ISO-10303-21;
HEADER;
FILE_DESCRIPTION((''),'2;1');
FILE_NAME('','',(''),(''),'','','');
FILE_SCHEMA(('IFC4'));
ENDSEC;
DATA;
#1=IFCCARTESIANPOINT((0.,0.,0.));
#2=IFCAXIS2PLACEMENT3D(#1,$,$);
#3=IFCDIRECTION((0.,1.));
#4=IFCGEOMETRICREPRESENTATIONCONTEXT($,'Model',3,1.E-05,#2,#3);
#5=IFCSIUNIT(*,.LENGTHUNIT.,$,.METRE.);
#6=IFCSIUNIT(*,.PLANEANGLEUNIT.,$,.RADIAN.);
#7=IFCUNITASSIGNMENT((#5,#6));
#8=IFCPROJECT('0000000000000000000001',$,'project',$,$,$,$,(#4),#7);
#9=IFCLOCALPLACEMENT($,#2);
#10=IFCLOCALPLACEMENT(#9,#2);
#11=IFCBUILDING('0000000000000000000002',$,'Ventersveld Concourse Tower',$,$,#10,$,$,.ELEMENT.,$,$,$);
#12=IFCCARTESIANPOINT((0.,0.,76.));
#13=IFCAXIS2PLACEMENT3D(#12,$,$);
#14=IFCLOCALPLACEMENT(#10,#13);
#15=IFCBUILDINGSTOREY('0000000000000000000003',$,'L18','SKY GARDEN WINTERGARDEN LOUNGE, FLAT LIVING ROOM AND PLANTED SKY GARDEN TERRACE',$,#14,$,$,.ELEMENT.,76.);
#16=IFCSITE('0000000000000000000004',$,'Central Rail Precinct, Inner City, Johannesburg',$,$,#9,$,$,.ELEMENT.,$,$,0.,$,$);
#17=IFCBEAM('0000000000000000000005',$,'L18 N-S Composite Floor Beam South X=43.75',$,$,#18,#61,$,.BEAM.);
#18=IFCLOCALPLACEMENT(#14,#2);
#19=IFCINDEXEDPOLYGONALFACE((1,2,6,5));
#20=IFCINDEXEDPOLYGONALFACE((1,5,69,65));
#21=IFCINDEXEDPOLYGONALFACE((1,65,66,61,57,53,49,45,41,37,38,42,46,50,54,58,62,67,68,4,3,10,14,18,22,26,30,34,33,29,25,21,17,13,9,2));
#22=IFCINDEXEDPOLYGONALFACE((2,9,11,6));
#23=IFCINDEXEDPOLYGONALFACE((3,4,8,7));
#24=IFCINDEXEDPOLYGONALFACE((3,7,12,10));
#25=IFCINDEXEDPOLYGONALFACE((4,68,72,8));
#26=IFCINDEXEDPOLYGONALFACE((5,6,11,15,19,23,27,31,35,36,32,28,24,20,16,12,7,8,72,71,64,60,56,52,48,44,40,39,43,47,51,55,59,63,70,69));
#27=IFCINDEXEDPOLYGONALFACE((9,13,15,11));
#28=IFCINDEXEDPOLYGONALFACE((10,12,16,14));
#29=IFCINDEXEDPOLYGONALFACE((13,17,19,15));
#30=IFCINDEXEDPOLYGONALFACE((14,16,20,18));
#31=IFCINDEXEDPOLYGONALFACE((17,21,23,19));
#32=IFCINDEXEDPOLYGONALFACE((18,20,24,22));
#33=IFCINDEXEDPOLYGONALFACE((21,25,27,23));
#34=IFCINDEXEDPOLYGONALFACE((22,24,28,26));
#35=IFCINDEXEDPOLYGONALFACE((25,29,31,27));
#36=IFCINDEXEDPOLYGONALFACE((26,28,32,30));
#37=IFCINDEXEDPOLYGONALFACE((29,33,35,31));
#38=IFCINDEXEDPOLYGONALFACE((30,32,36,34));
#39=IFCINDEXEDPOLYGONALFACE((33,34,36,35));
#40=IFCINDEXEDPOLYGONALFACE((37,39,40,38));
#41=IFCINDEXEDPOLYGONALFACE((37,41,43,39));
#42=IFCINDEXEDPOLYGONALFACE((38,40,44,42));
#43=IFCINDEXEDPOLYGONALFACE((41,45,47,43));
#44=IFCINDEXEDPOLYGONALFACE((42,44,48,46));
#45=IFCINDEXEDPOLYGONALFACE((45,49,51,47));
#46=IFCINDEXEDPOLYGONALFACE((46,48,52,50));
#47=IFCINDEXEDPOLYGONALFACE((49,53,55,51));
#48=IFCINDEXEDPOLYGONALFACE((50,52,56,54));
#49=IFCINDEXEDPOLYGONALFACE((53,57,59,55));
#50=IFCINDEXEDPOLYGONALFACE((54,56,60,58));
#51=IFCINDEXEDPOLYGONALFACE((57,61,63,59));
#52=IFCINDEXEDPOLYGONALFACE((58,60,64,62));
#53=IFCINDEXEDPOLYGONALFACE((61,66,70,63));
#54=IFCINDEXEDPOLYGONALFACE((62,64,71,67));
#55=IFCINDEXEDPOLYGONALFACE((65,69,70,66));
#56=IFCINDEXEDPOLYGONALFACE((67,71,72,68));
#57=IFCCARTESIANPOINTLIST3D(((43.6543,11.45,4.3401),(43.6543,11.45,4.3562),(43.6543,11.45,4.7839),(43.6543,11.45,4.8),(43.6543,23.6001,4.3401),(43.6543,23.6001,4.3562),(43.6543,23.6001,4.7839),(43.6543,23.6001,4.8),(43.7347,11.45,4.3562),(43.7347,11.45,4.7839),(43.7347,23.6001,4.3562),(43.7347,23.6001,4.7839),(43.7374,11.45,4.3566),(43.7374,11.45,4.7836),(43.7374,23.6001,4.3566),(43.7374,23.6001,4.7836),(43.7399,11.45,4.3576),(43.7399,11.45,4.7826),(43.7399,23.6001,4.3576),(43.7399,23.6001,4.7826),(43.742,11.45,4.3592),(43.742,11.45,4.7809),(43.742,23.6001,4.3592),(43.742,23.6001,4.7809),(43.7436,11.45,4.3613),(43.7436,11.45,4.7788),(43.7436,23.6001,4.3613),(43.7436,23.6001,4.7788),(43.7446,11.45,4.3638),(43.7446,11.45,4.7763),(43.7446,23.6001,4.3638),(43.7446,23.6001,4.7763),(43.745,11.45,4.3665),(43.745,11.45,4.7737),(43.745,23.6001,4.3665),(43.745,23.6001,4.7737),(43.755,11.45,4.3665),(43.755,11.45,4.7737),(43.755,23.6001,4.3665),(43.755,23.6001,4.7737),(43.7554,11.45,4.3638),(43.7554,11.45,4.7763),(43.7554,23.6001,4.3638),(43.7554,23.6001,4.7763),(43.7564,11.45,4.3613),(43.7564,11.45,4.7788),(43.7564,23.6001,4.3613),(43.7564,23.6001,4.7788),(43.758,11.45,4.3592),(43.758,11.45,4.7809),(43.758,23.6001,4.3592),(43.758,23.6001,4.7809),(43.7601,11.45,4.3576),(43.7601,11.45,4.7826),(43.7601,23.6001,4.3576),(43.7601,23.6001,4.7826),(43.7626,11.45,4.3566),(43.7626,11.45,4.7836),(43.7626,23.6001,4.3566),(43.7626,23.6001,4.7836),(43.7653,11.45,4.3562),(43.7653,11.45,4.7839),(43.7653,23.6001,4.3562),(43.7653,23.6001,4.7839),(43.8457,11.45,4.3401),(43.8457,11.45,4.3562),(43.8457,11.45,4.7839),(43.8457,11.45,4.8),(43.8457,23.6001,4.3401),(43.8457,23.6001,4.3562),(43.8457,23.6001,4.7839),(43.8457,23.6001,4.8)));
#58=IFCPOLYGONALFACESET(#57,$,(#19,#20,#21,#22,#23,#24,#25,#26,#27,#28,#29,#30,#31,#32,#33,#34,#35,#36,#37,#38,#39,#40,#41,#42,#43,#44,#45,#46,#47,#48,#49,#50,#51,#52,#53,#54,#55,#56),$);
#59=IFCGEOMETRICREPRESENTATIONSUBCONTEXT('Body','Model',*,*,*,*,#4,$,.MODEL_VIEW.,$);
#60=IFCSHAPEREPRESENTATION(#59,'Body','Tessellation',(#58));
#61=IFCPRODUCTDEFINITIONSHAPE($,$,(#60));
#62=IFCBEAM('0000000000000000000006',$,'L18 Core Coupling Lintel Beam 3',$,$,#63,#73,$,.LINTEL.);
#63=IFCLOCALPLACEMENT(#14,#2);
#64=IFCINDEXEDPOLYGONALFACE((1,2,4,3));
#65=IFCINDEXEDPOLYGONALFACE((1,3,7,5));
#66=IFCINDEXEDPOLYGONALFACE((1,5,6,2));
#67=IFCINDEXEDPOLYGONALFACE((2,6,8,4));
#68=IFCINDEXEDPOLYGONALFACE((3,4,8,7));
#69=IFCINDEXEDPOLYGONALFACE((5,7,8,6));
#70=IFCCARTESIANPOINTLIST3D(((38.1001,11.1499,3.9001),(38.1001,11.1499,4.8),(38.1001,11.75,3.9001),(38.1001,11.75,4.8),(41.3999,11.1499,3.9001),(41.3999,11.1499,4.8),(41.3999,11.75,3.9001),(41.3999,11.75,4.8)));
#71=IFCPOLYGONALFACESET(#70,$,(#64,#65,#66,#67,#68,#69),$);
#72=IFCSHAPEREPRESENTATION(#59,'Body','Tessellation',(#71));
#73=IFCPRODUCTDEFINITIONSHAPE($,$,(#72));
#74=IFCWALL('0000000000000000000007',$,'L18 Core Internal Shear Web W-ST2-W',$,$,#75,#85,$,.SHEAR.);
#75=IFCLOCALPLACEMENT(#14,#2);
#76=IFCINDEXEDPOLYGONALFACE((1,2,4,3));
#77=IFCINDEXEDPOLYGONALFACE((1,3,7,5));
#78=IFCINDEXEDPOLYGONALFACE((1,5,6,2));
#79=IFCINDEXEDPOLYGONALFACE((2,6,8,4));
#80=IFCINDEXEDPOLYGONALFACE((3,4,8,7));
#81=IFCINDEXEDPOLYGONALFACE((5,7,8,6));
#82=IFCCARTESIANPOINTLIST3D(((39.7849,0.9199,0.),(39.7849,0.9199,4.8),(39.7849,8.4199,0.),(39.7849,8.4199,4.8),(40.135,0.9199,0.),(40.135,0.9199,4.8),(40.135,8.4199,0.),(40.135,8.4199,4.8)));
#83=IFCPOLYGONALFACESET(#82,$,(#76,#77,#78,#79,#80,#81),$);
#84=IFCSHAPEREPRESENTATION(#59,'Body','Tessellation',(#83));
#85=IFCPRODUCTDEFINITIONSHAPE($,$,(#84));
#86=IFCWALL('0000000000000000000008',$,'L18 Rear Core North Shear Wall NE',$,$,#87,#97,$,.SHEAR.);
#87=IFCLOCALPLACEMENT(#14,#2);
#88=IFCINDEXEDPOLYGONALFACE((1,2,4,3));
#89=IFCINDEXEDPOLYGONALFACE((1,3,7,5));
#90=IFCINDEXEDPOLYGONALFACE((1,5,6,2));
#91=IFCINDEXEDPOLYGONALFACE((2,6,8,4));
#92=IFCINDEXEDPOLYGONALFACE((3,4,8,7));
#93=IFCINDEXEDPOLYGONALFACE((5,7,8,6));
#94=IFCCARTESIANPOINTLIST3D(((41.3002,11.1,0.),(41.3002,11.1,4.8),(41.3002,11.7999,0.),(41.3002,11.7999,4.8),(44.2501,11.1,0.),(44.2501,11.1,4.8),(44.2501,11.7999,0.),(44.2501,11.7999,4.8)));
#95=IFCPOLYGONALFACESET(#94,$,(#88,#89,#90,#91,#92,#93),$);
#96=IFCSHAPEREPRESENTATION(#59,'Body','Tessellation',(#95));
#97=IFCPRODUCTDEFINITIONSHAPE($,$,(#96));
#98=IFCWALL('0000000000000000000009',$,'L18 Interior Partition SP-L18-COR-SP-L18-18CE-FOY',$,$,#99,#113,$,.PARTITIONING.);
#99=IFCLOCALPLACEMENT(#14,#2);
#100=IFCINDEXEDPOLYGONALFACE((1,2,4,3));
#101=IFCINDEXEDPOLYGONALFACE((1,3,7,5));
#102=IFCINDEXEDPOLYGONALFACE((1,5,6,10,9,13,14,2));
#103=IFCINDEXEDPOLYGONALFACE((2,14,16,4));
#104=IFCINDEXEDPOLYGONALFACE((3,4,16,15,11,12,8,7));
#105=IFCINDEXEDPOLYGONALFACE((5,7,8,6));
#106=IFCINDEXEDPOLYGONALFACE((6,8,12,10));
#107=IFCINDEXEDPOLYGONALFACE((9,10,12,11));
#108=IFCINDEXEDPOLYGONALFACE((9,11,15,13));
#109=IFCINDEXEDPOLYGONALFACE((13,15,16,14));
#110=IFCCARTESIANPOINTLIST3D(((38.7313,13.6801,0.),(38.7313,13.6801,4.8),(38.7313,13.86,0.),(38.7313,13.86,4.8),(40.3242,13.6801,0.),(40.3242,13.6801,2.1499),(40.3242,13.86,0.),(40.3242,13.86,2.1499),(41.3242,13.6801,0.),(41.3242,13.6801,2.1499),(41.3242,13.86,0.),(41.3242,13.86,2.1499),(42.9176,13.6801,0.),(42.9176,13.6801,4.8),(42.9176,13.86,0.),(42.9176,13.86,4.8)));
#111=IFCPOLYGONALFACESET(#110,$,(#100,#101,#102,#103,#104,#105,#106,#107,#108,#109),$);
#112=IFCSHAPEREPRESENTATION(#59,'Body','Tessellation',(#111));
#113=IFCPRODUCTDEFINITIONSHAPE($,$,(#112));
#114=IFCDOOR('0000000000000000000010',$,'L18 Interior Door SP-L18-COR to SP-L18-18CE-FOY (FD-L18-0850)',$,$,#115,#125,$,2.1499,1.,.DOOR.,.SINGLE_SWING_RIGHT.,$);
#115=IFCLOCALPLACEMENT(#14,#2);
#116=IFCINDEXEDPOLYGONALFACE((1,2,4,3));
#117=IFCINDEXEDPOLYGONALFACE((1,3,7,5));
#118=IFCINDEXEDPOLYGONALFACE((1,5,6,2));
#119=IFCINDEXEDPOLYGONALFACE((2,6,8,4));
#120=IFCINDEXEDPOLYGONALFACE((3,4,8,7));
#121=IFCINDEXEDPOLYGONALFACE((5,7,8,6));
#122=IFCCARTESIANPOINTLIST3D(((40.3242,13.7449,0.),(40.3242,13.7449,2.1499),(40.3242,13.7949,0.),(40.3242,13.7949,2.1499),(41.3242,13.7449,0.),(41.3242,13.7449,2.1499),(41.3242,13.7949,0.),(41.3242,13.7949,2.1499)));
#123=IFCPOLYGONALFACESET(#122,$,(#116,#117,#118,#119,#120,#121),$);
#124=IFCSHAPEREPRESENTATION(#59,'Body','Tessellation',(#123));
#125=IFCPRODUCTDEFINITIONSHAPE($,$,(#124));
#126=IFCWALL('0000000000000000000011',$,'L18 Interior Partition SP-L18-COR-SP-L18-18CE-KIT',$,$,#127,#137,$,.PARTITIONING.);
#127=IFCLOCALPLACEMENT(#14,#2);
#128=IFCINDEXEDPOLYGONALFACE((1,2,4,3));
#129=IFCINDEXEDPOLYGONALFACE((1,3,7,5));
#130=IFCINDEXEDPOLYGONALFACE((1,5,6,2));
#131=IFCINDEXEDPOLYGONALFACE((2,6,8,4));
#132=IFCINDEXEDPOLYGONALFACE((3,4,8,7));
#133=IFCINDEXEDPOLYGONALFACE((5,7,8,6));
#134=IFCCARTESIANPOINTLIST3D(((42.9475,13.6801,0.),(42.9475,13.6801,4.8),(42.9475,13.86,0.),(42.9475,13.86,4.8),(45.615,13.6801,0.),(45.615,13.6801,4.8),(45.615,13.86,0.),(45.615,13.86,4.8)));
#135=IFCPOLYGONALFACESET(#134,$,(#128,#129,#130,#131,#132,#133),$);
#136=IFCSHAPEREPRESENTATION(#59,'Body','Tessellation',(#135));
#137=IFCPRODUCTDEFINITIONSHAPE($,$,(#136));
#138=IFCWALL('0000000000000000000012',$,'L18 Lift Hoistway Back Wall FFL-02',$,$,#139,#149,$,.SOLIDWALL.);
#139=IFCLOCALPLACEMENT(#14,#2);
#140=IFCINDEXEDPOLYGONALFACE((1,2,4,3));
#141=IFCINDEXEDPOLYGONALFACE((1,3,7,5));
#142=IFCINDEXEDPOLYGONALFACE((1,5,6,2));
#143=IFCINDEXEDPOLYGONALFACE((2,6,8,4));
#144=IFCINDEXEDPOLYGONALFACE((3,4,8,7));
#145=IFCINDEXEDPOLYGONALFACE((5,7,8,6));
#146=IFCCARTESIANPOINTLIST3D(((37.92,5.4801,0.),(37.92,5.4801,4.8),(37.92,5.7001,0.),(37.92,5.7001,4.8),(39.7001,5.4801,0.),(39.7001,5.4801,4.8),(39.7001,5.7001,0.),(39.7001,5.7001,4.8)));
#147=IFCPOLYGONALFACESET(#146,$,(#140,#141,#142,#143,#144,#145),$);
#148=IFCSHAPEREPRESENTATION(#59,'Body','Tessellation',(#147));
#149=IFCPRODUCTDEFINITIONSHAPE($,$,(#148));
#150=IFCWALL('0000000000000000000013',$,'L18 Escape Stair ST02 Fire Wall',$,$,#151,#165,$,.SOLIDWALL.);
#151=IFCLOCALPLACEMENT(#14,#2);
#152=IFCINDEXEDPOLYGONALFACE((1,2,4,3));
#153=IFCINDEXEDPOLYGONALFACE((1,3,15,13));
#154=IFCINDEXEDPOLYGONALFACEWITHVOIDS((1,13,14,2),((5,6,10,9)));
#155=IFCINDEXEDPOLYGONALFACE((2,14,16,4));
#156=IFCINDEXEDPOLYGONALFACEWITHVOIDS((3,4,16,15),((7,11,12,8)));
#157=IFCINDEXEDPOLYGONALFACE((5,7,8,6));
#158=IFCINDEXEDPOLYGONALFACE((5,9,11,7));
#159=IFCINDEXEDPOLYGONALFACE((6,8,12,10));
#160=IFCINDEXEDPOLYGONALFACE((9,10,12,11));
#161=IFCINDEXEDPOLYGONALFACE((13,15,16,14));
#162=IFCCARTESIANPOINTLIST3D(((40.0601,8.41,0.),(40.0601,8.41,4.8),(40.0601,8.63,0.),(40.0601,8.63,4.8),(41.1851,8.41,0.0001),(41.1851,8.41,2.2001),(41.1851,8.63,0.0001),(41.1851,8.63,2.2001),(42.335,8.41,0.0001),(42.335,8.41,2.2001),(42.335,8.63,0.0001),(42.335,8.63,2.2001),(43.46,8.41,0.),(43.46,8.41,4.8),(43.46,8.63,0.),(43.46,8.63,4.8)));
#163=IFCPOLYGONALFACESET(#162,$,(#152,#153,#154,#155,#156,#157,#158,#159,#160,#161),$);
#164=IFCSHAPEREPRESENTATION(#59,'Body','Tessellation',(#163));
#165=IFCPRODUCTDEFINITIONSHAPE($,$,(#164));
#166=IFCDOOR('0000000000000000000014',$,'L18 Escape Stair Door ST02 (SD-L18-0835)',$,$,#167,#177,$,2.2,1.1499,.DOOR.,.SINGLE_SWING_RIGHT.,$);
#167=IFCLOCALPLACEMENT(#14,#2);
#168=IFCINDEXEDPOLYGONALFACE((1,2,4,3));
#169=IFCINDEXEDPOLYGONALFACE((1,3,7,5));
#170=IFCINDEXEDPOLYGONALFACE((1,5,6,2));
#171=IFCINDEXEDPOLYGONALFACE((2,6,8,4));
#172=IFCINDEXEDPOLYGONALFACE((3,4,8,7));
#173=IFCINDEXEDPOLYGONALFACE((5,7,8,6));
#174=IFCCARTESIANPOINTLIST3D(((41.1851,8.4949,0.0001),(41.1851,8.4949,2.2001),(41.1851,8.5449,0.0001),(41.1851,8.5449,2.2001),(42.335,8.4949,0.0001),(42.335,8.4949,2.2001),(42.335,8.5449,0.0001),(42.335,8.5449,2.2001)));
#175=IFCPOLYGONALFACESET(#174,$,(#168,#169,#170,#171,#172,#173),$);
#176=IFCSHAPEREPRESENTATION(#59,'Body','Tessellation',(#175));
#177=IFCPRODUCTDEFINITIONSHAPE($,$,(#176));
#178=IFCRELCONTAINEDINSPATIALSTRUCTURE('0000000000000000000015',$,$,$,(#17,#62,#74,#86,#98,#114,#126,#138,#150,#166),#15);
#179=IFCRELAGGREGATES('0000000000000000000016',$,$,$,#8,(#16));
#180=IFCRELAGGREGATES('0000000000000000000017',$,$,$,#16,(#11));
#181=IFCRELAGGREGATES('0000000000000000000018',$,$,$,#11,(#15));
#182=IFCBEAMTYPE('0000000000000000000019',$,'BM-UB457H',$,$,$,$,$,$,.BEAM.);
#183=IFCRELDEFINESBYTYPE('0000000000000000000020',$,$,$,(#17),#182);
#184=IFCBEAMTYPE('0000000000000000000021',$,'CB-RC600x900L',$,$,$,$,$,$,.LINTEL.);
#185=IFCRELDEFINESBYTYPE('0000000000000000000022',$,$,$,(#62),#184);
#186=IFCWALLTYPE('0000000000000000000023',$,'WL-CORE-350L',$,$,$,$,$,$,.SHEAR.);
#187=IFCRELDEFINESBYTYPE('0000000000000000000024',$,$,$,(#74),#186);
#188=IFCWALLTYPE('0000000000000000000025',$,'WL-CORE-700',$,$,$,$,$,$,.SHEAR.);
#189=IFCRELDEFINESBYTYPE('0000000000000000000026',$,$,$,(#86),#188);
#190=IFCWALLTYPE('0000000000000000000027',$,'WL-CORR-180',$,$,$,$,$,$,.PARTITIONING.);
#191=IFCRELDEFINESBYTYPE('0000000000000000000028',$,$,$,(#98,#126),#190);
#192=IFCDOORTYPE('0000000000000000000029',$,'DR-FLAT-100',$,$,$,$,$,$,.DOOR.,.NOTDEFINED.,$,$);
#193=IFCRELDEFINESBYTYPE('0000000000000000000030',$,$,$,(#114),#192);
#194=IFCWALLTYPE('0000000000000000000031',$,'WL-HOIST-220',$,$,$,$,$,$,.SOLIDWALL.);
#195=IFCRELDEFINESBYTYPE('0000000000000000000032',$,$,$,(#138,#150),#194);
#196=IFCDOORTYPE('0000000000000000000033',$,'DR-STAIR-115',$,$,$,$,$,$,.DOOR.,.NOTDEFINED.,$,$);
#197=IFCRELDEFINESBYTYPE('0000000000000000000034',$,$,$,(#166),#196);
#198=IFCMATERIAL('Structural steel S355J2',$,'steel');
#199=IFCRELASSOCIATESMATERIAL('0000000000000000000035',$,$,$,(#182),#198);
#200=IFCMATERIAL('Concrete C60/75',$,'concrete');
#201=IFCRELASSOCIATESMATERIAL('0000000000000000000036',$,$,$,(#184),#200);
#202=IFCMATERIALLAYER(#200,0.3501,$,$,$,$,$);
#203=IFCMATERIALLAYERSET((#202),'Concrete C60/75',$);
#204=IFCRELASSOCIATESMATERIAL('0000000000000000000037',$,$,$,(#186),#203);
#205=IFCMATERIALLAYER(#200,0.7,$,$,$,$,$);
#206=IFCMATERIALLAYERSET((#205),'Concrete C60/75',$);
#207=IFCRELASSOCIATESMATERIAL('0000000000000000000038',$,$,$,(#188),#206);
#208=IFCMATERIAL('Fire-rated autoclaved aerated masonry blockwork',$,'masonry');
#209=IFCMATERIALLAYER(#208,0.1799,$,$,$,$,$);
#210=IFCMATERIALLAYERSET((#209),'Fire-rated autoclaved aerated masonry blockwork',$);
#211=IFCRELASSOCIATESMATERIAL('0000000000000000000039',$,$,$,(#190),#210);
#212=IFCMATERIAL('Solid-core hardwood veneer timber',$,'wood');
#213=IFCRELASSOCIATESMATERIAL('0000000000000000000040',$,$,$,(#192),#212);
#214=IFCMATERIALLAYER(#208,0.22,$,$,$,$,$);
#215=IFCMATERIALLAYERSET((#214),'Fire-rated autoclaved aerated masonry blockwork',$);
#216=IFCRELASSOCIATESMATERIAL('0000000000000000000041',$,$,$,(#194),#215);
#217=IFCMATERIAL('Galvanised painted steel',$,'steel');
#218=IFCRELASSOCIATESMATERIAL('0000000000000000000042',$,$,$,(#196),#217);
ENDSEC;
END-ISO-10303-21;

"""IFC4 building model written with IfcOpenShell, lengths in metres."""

from ifc_helpers import new_model, si_unit, direction, frame, frame_2d, origin, origin_2d, place, context, subcontext, project, spatial, rectangle, i_section, extrude, material, layer, layer_set, material_profile, profile_set, type_object, element, fill, save


model = new_model("IFC4")

# Units and contexts
model_context = context("Model", 3, precision=1e-05, world=origin(), true_north=direction((0.0, 1.0)))
body_context = subcontext(model_context, "Body", "Model", "MODEL_VIEW")
ifc_project = project(units=[si_unit("LENGTHUNIT", "METRE"), si_unit("PLANEANGLEUNIT", "RADIAN")], contexts=[model_context])

# Site, building, storey
site_placement = place(None, origin())
site = spatial("IfcSite", under=ifc_project, at=site_placement, Name="Central Rail Precinct, Inner City, Johannesburg", CompositionType="ELEMENT", RefElevation=0.0)
building_placement = place(site_placement, origin())
building = spatial("IfcBuilding", under=site, at=building_placement, Name="Ventersveld Concourse Tower", CompositionType="ELEMENT")
storey_placement = place(building_placement, frame((0.0, 0.0, 76.0)))
storey = spatial("IfcBuildingStorey", under=building, at=storey_placement, Name="L18", Description="SKY GARDEN WINTERGARDEN LOUNGE, FLAT LIVING ROOM AND PLANTED SKY GARDEN TERRACE", CompositionType="ELEMENT", Elevation=76.0)

# Beams
ifc_material_1 = material(Name="Structural steel S355J2", Category="steel")
ifc_material_profile_1 = material_profile(ifc_material_1, i_section(OverallWidth=0.1914, OverallDepth=0.46, WebThickness=0.01, FlangeThickness=0.0161, FilletRadius=0.0103, at=origin_2d()), Name="UB 457x191x82")
ifc_profile_set_1 = profile_set([ifc_material_profile_1], Name="Structural steel S355J2")
beam_type_1 = type_object("IfcBeamType", Name="BM-UB457H", PredefinedType="BEAM", material=ifc_profile_set_1)
beam_1_placement = place(storey_placement, frame((43.75, 11.45, 4.5701), z_axis=(0.0, 1.0, 0.0), x_axis=(-1.0, 0.0, 0.0)))
element("IfcBeam", 1, at=beam_1_placement, inside=storey, type_object=beam_type_1, Name="L18 N-S Composite Floor Beam South X=43.75", PredefinedType="BEAM", context=body_context, shape_type="SweptSolid", body=[
    extrude(i_section(OverallWidth=0.1914, OverallDepth=0.46, WebThickness=0.01, FlangeThickness=0.0161, FilletRadius=0.0103, at=origin_2d()), origin(), (0.0, 0.0, 1.0), 12.1501),
])
ifc_material_2 = material(Name="Concrete C60/75", Category="concrete")
ifc_material_profile_2 = material_profile(ifc_material_2, rectangle(XDim=0.6001, YDim=0.8999, at=origin_2d()), Name="RC 600x900")
ifc_profile_set_2 = profile_set([ifc_material_profile_2], Name="Concrete C60/75")
beam_type_2 = type_object("IfcBeamType", Name="CB-RC600x900L", PredefinedType="LINTEL", material=ifc_profile_set_2)
beam_2_placement = place(storey_placement, frame((38.1001, 11.45, 4.3501), z_axis=(1.0, 0.0, 0.0), x_axis=(0.0, 1.0, 0.0)))
element("IfcBeam", 2, at=beam_2_placement, inside=storey, type_object=beam_type_2, Name="L18 Core Coupling Lintel Beam 3", PredefinedType="LINTEL", context=body_context, shape_type="SweptSolid", body=[
    extrude(rectangle(XDim=0.6001, YDim=0.8999, at=origin_2d()), origin(), (0.0, 0.0, 1.0), 3.2998),
])

# Walls
ifc_layer_1 = layer(ifc_material_2, 0.3501)
ifc_layer_set_1 = layer_set([ifc_layer_1], Name="Concrete C60/75")
wall_type_1 = type_object("IfcWallType", Name="WL-CORE-350L", PredefinedType="SHEAR", material=ifc_layer_set_1)
wall_1_placement = place(storey_placement, frame((39.96, 0.9199, 0.0), z_axis=(0.0, 0.0, 1.0), x_axis=(0.0, 1.0, 0.0)))
element("IfcWall", 3, at=wall_1_placement, inside=storey, type_object=wall_type_1, Name="L18 Core Internal Shear Web W-ST2-W", PredefinedType="SHEAR", context=body_context, shape_type="SweptSolid", body=[
    extrude(rectangle(XDim=7.5, YDim=0.3501, at=frame_2d((3.75, 0.0))), origin(), (0.0, 0.0, 1.0), 4.8),
])
ifc_layer_2 = layer(ifc_material_2, 0.7)
ifc_layer_set_2 = layer_set([ifc_layer_2], Name="Concrete C60/75")
wall_type_2 = type_object("IfcWallType", Name="WL-CORE-700", PredefinedType="SHEAR", material=ifc_layer_set_2)
wall_2_placement = place(storey_placement, frame((41.3, 11.45, 0.0), z_axis=(0.0, 0.0, 1.0), x_axis=(1.0, 0.0, 0.0)))
element("IfcWall", 4, at=wall_2_placement, inside=storey, type_object=wall_type_2, Name="L18 Rear Core North Shear Wall NE", PredefinedType="SHEAR", context=body_context, shape_type="SweptSolid", body=[
    extrude(rectangle(XDim=2.95, YDim=0.7, at=frame_2d((1.4751, 0.0))), origin(), (0.0, 0.0, 1.0), 4.8),
])

# Wall, opening, door
ifc_material_3 = material(Name="Fire-rated autoclaved aerated masonry blockwork", Category="masonry")
ifc_layer_3 = layer(ifc_material_3, 0.1799)
ifc_layer_set_3 = layer_set([ifc_layer_3], Name="Fire-rated autoclaved aerated masonry blockwork")
wall_type_3 = type_object("IfcWallType", Name="WL-CORR-180", PredefinedType="PARTITIONING", material=ifc_layer_set_3)
wall_3_placement = place(storey_placement, frame((38.7312, 13.77, 0.0), z_axis=(0.0, 0.0, 1.0), x_axis=(1.0, 0.0, 0.0)))
wall_3 = element("IfcWall", 5, at=wall_3_placement, inside=storey, type_object=wall_type_3, Name="L18 Interior Partition SP-L18-COR-SP-L18-18CE-FOY", PredefinedType="PARTITIONING", context=body_context, shape_type="SweptSolid", body=[
    extrude(rectangle(XDim=4.1863, YDim=0.1799, at=frame_2d((2.0933, 0.0))), origin(), (0.0, 0.0, 1.0), 4.8),
])
opening_1_placement = place(wall_3_placement, frame((1.593, 0.0, 0.0)))
opening_1 = element("IfcOpeningElement", 6, at=opening_1_placement, cuts=wall_3, PredefinedType="OPENING", context=body_context, shape_type="SweptSolid", body=[
    extrude(rectangle(XDim=1.0, YDim=2.1499, at=frame_2d((0.5, 1.075))), frame((0.0, 0.1001, 0.0), z_axis=(0.0, -1.0, 0.0), x_axis=(1.0, 0.0, 0.0)), (0.0, 0.0, 1.0), 0.2),
])
ifc_material_4 = material(Name="Solid-core hardwood veneer timber", Category="wood")
door_type_1 = type_object("IfcDoorType", Name="DR-FLAT-100", OperationType="NOTDEFINED", PredefinedType="DOOR", material=ifc_material_4)
door_1_placement = place(opening_1_placement, origin())
door_1 = element("IfcDoor", 7, at=door_1_placement, inside=storey, type_object=door_type_1, Name="L18 Interior Door SP-L18-COR to SP-L18-18CE-FOY (FD-L18-0850)", OperationType="SINGLE_SWING_RIGHT", OverallHeight=2.1499, OverallWidth=1.0, PredefinedType="DOOR", context=body_context, shape_type="SweptSolid", body=[
    extrude(rectangle(XDim=1.0, YDim=2.1499, at=frame_2d((0.5, 1.075))), frame((0.0, 0.0249, 0.0), z_axis=(0.0, -1.0, 0.0), x_axis=(1.0, 0.0, 0.0)), (0.0, 0.0, 1.0), 0.05),
])
fill(opening_1, door_1)

# Walls
wall_4_placement = place(storey_placement, frame((42.9475, 13.77, 0.0), z_axis=(0.0, 0.0, 1.0), x_axis=(1.0, 0.0, 0.0)))
element("IfcWall", 8, at=wall_4_placement, inside=storey, type_object=wall_type_3, Name="L18 Interior Partition SP-L18-COR-SP-L18-18CE-KIT", PredefinedType="PARTITIONING", context=body_context, shape_type="SweptSolid", body=[
    extrude(rectangle(XDim=2.6675, YDim=0.1799, at=frame_2d((1.3337, 0.0))), origin(), (0.0, 0.0, 1.0), 4.8),
])
ifc_layer_4 = layer(ifc_material_3, 0.22)
ifc_layer_set_4 = layer_set([ifc_layer_4], Name="Fire-rated autoclaved aerated masonry blockwork")
wall_type_4 = type_object("IfcWallType", Name="WL-HOIST-220", PredefinedType="SOLIDWALL", material=ifc_layer_set_4)
wall_5_placement = place(storey_placement, frame((37.9199, 5.5901, 0.0), z_axis=(0.0, 0.0, 1.0), x_axis=(1.0, 0.0, 0.0)))
element("IfcWall", 9, at=wall_5_placement, inside=storey, type_object=wall_type_4, Name="L18 Lift Hoistway Back Wall FFL-02", PredefinedType="SOLIDWALL", context=body_context, shape_type="SweptSolid", body=[
    extrude(rectangle(XDim=1.78, YDim=0.22, at=frame_2d((0.8901, 0.0))), origin(), (0.0, 0.0, 1.0), 4.8),
])

# Wall, opening, door
wall_6_placement = place(storey_placement, frame((40.0601, 8.52, 0.0), z_axis=(0.0, 0.0, 1.0), x_axis=(1.0, 0.0, 0.0)))
wall_6 = element("IfcWall", 10, at=wall_6_placement, inside=storey, type_object=wall_type_4, Name="L18 Escape Stair ST02 Fire Wall", PredefinedType="SOLIDWALL", context=body_context, shape_type="SweptSolid", body=[
    extrude(rectangle(XDim=3.3999, YDim=0.22, at=frame_2d((1.7, 0.0))), origin(), (0.0, 0.0, 1.0), 4.8),
])
opening_2_placement = place(wall_6_placement, frame((1.125, 0.0, 0.0)))
opening_2 = element("IfcOpeningElement", 11, at=opening_2_placement, cuts=wall_6, PredefinedType="OPENING", context=body_context, shape_type="SweptSolid", body=[
    extrude(rectangle(XDim=1.1499, YDim=2.2, at=frame_2d((0.575, 1.1001))), frame((0.0, 0.1201, 0.0), z_axis=(0.0, -1.0, 0.0), x_axis=(1.0, 0.0, 0.0)), (0.0, 0.0, 1.0), 0.24),
])
ifc_material_5 = material(Name="Galvanised painted steel", Category="steel")
door_type_2 = type_object("IfcDoorType", Name="DR-STAIR-115", OperationType="NOTDEFINED", PredefinedType="DOOR", material=ifc_material_5)
door_2_placement = place(opening_2_placement, origin())
door_2 = element("IfcDoor", 12, at=door_2_placement, inside=storey, type_object=door_type_2, Name="L18 Escape Stair Door ST02 (SD-L18-0835)", OperationType="SINGLE_SWING_RIGHT", OverallHeight=2.2, OverallWidth=1.1499, PredefinedType="DOOR", context=body_context, shape_type="SweptSolid", body=[
    extrude(rectangle(XDim=1.1499, YDim=2.2, at=frame_2d((0.575, 1.1001))), frame((0.0, 0.0249, 0.0), z_axis=(0.0, -1.0, 0.0), x_axis=(1.0, 0.0, 0.0)), (0.0, 0.0, 1.0), 0.05),
])
fill(opening_2, door_2)

save(model, "model.ifc")
